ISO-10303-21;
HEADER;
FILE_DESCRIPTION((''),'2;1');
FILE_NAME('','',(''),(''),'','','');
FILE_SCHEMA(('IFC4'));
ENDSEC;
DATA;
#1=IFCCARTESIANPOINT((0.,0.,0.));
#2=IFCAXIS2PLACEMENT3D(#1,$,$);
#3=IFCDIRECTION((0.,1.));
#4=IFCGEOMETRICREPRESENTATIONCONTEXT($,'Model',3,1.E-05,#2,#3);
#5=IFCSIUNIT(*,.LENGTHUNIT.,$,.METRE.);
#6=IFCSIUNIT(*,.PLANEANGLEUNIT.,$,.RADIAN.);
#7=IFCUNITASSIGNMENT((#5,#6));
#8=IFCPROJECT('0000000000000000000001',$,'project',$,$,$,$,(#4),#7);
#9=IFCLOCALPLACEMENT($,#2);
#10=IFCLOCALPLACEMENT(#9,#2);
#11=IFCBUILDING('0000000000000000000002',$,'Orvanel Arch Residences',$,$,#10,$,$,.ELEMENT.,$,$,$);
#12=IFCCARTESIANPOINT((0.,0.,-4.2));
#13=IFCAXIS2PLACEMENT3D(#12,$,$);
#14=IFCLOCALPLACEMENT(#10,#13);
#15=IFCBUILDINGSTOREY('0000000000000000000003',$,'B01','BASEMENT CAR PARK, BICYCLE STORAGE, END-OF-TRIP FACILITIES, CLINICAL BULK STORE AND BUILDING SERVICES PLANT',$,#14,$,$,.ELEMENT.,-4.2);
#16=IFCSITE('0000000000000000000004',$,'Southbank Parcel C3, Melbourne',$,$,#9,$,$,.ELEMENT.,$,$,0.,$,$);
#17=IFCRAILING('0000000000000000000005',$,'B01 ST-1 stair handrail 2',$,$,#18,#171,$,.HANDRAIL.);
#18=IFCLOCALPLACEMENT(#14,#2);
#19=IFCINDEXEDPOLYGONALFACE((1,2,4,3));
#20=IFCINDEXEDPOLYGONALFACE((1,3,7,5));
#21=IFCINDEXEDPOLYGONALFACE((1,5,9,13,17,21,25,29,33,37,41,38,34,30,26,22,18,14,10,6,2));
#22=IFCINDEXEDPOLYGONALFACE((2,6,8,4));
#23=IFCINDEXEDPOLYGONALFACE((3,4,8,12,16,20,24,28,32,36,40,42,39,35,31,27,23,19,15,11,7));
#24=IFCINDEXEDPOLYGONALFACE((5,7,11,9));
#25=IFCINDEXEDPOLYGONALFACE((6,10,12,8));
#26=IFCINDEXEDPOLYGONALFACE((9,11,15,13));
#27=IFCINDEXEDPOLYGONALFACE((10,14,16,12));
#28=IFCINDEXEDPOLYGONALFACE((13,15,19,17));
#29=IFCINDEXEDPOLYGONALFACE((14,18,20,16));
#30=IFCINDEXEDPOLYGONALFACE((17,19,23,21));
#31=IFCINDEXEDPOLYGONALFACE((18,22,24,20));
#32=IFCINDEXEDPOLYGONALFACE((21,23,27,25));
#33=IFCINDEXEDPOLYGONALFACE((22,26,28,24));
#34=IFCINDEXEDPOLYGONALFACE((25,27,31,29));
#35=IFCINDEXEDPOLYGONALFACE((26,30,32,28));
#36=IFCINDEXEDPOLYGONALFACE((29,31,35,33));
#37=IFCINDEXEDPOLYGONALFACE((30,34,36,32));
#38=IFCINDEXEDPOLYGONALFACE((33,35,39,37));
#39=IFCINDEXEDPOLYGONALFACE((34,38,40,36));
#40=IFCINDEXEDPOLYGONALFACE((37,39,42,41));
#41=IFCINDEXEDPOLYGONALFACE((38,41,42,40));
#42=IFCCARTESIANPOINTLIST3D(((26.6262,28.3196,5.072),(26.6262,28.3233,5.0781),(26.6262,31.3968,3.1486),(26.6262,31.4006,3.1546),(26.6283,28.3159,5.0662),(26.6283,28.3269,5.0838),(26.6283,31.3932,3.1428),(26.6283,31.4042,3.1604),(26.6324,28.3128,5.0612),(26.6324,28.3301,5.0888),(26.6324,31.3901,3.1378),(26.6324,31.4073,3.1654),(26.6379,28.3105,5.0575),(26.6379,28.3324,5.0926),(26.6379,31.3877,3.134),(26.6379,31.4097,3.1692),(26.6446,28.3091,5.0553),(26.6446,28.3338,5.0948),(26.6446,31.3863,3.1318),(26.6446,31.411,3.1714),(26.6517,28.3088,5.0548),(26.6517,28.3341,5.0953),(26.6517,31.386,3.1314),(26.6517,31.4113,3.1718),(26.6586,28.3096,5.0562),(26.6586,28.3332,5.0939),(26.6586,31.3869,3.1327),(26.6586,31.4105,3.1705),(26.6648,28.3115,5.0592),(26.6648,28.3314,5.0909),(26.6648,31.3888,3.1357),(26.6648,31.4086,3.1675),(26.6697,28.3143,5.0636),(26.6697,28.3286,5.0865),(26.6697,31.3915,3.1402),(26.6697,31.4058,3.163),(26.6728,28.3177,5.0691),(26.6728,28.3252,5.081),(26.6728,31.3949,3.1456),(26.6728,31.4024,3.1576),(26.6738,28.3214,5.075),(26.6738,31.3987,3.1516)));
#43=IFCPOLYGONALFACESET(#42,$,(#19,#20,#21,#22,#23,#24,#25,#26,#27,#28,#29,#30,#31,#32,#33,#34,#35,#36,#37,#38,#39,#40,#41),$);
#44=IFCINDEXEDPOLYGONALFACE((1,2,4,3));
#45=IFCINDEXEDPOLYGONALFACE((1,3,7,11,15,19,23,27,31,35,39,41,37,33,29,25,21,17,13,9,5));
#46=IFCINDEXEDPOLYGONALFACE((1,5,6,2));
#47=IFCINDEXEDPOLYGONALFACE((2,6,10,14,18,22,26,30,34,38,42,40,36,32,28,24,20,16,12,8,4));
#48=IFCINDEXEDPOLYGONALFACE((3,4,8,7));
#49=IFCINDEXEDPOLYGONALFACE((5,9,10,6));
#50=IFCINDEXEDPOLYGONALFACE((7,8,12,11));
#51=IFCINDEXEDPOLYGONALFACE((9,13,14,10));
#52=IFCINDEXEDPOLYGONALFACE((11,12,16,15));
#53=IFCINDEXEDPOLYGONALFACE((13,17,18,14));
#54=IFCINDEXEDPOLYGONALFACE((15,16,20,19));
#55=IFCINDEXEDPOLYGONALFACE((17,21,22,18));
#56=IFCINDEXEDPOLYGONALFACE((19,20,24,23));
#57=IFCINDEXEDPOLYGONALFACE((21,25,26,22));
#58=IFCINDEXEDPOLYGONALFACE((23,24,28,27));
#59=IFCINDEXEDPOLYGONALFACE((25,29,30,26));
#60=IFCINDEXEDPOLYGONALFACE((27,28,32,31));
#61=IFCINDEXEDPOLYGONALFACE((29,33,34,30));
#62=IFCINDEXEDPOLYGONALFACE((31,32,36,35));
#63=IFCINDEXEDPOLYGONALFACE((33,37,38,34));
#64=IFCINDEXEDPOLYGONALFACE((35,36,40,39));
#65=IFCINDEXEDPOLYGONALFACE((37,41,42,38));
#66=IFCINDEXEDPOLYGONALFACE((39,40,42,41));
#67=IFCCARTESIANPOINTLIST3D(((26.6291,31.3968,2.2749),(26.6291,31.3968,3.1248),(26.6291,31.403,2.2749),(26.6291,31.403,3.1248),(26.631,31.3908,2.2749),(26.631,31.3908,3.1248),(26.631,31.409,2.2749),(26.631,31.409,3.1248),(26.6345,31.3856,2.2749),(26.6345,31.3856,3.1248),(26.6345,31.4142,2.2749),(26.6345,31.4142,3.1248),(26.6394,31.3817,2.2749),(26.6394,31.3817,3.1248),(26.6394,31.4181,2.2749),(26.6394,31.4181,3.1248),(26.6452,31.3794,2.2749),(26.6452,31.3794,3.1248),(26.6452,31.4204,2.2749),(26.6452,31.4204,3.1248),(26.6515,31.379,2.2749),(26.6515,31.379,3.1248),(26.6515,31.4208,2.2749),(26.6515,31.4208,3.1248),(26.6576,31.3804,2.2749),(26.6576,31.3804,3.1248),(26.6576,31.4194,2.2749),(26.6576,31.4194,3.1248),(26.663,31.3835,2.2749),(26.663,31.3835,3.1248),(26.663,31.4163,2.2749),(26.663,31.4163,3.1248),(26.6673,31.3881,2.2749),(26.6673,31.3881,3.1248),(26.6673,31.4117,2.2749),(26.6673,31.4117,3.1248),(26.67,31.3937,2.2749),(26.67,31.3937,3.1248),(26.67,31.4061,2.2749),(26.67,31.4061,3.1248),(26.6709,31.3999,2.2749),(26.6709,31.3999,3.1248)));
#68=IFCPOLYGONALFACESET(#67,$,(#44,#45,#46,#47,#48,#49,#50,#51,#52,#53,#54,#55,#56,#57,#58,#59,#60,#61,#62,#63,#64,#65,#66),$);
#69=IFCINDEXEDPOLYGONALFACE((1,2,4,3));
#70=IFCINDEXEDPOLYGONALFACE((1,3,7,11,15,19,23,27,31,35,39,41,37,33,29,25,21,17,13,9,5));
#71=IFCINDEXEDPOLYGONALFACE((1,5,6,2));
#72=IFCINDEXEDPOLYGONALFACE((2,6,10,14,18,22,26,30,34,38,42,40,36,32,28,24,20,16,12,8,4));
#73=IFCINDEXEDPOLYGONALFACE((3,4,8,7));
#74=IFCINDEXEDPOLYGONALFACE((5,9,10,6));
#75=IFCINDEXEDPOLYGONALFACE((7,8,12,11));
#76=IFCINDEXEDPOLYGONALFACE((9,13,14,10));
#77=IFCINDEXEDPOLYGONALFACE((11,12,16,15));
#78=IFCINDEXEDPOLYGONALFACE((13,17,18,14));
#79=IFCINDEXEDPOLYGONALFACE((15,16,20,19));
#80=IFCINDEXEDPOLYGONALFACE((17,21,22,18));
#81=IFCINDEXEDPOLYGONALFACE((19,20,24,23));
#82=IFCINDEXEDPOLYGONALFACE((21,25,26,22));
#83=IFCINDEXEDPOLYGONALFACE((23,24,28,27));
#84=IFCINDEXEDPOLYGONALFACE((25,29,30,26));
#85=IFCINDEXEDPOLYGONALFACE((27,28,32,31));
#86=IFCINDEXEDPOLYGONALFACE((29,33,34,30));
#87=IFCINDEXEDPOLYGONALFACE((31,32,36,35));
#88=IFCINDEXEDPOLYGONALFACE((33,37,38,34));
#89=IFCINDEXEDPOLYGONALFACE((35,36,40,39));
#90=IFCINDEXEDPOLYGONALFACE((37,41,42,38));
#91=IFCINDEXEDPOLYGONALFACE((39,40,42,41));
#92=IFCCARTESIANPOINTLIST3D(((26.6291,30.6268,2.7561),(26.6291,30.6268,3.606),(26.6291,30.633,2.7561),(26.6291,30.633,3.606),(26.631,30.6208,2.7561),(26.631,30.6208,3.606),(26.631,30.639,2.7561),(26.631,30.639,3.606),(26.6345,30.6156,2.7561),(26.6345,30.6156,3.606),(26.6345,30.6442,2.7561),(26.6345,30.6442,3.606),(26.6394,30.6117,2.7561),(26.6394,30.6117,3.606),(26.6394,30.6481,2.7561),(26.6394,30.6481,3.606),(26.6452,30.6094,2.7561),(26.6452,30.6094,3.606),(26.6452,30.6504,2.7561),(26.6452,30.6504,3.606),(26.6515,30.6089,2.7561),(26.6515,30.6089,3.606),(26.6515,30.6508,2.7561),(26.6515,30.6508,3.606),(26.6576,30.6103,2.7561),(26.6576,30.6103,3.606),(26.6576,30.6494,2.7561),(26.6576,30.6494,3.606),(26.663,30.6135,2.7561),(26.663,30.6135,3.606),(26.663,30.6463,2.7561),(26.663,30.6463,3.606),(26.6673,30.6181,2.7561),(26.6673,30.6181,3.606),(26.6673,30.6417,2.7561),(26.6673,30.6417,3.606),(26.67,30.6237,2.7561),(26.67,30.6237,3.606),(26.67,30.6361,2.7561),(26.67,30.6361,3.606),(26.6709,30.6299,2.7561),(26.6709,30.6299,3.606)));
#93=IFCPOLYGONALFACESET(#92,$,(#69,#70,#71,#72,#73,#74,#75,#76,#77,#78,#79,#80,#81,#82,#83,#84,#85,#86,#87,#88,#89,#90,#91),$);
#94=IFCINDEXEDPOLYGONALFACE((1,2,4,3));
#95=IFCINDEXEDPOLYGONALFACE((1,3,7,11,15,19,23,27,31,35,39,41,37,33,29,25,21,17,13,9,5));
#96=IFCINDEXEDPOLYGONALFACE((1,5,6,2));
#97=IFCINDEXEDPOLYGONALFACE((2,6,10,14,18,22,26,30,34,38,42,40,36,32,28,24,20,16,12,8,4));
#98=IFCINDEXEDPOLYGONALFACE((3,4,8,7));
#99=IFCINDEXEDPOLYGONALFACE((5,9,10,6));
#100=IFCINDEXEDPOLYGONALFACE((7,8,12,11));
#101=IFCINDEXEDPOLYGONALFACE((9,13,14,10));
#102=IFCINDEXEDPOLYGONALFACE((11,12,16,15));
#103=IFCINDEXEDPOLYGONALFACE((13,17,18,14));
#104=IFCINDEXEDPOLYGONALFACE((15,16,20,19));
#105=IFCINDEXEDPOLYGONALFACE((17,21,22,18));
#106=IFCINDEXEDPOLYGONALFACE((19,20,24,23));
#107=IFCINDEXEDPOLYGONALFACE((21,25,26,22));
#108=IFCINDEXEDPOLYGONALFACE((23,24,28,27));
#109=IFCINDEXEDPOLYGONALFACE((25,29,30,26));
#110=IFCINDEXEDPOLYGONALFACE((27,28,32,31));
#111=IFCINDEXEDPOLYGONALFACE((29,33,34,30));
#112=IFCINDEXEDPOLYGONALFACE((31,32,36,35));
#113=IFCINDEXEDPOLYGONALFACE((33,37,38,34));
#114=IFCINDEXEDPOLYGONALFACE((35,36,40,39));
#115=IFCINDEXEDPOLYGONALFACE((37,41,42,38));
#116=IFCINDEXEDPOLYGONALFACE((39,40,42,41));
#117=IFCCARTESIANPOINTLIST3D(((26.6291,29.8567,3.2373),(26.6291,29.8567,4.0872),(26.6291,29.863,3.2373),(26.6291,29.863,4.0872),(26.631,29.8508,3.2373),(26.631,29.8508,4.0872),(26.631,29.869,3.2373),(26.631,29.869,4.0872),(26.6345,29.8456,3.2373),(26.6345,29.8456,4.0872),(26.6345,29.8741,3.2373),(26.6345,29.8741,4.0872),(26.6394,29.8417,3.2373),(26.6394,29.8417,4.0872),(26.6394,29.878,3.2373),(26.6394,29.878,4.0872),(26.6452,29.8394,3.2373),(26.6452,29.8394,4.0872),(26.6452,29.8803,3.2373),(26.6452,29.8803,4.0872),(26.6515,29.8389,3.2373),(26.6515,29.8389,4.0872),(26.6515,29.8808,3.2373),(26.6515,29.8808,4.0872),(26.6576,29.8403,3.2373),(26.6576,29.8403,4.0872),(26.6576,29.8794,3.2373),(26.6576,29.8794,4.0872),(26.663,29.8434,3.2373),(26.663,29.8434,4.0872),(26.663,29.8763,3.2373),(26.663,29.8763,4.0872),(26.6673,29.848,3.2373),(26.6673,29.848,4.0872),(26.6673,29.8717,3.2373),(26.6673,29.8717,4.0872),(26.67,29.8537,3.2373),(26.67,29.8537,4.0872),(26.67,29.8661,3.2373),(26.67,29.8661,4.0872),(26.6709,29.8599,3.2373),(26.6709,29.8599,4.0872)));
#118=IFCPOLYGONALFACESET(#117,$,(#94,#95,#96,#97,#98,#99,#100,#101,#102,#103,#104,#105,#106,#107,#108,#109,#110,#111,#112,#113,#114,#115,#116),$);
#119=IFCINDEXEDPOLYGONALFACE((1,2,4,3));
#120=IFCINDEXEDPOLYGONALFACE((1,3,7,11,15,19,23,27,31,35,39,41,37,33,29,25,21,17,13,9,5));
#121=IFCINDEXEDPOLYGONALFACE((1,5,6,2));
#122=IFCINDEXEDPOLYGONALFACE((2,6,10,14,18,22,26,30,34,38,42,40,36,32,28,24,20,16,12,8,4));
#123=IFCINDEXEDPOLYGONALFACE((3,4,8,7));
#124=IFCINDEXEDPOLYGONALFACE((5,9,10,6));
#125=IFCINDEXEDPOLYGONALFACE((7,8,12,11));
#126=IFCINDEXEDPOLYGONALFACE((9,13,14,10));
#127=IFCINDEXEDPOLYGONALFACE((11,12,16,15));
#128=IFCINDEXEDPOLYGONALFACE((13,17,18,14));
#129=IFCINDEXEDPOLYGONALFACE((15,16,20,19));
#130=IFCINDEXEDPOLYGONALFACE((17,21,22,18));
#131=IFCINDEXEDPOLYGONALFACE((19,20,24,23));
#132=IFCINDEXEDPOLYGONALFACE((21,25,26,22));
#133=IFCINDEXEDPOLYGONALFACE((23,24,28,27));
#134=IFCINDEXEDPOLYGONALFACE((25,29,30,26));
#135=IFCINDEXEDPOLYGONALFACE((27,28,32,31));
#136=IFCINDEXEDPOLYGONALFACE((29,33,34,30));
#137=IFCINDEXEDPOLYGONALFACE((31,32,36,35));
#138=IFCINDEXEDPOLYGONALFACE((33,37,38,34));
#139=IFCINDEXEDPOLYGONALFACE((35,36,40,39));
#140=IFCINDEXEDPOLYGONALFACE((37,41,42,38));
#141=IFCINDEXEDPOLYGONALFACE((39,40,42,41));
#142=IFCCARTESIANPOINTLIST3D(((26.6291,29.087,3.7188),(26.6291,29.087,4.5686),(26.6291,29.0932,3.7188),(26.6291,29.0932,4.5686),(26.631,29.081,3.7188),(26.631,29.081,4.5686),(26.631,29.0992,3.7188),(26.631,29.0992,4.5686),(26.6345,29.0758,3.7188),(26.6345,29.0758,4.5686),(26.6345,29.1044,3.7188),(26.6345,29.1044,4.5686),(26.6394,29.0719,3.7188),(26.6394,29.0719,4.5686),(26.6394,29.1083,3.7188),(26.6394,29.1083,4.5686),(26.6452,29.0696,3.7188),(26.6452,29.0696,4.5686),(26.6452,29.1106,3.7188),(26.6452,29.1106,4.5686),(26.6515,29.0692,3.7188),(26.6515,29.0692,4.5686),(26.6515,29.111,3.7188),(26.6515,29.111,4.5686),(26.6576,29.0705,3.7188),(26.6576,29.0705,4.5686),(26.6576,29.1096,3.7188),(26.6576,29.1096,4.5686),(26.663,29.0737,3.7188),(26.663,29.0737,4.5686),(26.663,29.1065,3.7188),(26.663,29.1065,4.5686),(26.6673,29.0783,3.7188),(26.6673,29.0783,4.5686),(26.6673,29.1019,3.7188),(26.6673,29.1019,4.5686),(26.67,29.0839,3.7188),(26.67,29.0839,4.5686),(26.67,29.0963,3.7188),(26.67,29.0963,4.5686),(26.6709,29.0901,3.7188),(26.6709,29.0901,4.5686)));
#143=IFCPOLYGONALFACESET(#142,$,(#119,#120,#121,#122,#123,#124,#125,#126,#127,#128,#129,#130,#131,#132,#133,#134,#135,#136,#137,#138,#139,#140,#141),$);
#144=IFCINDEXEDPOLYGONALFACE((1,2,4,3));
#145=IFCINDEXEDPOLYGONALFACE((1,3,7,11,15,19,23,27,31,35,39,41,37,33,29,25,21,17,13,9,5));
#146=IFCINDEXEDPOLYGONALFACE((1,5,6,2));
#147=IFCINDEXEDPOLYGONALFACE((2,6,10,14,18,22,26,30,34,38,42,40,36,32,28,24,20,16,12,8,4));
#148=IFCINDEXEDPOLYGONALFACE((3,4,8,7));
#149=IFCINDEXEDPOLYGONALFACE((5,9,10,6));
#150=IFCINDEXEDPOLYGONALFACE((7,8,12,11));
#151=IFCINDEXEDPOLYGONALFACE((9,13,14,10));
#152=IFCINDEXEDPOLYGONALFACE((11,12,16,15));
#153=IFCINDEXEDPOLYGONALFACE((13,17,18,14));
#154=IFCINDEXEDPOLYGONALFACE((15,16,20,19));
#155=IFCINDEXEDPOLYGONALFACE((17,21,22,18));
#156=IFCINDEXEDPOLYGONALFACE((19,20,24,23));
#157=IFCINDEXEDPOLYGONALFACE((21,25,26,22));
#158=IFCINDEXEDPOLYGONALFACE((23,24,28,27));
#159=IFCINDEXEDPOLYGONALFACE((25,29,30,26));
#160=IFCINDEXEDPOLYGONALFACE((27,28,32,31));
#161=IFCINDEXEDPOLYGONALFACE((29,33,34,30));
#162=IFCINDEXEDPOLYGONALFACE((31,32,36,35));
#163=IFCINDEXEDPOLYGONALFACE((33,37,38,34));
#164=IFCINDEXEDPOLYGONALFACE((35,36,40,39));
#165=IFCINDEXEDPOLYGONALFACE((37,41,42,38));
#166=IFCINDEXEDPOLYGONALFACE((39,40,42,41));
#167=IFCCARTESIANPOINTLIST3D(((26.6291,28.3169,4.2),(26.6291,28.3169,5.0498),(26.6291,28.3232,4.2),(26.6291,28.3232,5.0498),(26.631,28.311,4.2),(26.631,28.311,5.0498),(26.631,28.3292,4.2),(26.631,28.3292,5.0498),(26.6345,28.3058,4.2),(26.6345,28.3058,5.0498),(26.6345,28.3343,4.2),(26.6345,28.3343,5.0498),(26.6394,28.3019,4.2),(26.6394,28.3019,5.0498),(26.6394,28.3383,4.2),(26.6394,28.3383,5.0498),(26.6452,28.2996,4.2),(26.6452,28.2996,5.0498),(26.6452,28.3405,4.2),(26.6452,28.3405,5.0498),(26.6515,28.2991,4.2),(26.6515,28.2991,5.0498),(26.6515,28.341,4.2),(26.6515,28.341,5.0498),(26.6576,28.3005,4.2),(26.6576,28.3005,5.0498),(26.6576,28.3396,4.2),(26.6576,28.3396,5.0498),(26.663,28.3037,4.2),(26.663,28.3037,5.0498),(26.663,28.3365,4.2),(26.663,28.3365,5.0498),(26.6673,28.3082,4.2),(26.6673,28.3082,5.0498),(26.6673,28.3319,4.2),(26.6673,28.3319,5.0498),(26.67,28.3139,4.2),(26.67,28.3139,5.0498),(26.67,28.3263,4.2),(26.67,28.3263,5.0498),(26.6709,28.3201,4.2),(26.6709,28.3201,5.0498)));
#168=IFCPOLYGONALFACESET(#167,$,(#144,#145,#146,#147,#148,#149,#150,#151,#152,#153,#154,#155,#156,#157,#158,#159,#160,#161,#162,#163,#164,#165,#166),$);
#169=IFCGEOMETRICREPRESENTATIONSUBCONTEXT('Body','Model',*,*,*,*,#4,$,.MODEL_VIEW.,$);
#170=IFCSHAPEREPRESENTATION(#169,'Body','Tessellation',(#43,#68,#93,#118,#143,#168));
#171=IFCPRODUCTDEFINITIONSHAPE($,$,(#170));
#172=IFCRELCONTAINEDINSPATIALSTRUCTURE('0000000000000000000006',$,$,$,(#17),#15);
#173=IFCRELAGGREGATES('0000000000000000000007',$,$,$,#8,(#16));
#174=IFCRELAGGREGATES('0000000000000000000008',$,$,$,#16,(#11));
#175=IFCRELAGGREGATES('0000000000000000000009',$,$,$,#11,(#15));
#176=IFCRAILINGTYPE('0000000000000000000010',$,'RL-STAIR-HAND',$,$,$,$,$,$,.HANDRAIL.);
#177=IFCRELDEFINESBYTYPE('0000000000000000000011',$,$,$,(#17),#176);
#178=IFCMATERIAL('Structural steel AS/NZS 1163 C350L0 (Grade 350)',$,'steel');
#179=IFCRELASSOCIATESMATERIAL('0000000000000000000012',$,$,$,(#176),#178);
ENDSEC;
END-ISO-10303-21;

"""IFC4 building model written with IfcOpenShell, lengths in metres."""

from ifc_helpers import new_model, si_unit, direction, frame, origin, origin_2d, place, context, subcontext, project, spatial, circle, extrude, material, type_object, element, save


model = new_model("IFC4")

# Units and contexts
model_context = context("Model", 3, precision=1e-05, world=origin(), true_north=direction((0.0, 1.0)))
body_context = subcontext(model_context, "Body", "Model", "MODEL_VIEW")
ifc_project = project(units=[si_unit("LENGTHUNIT", "METRE"), si_unit("PLANEANGLEUNIT", "RADIAN")], contexts=[model_context])

# Site, building, storey
site_placement = place(None, origin())
site = spatial("IfcSite", under=ifc_project, at=site_placement, Name="Southbank Parcel C3, Melbourne", CompositionType="ELEMENT", RefElevation=0.0)
building_placement = place(site_placement, origin())
building = spatial("IfcBuilding", under=site, at=building_placement, Name="Orvanel Arch Residences", CompositionType="ELEMENT")
storey_placement = place(building_placement, frame((0.0, 0.0, -4.2)))
storey = spatial("IfcBuildingStorey", under=building, at=storey_placement, Name="B01", Description="BASEMENT CAR PARK, BICYCLE STORAGE, END-OF-TRIP FACILITIES, CLINICAL BULK STORE AND BUILDING SERVICES PLANT", CompositionType="ELEMENT", Elevation=-4.2)

# Railing
ifc_material_1 = material(Name="Structural steel AS/NZS 1163 C350L0 (Grade 350)", Category="steel")
railing_type_1 = type_object("IfcRailingType", Name="RL-STAIR-HAND", PredefinedType="HANDRAIL", material=ifc_material_1)
railing_1_placement = place(storey_placement, frame((26.6499, 31.3999, 2.2749)))
element("IfcRailing", 1, at=railing_1_placement, inside=storey, type_object=railing_type_1, Name="B01 ST-1 stair handrail 2", PredefinedType="HANDRAIL", context=body_context, shape_type="SweptSolid", body=[
    extrude(circle(Radius=0.0239, at=origin_2d()), frame((0.0, -0.0012, 0.8767), z_axis=(0.0, -0.847979, 0.530029), x_axis=(1.0, 0.0, 0.0)), (0.0, 0.0, 1.0), 3.6289),
    extrude(circle(Radius=0.021, at=origin_2d()), origin(), (0.0, 0.0, 1.0), 0.8499),
    extrude(circle(Radius=0.021, at=origin_2d()), frame((0.0, -0.77, 0.4812)), (0.0, 0.0, 1.0), 0.8499),
    extrude(circle(Radius=0.021, at=origin_2d()), frame((0.0, -1.54, 0.9624)), (0.0, 0.0, 1.0), 0.8499),
    extrude(circle(Radius=0.021, at=origin_2d()), frame((0.0, -2.3098, 1.4438)), (0.0, 0.0, 1.0), 0.8499),
    extrude(circle(Radius=0.021, at=origin_2d()), frame((0.0, -3.0798, 1.925)), (0.0, 0.0, 1.0), 0.8499),
])

save(model, "model.ifc")
